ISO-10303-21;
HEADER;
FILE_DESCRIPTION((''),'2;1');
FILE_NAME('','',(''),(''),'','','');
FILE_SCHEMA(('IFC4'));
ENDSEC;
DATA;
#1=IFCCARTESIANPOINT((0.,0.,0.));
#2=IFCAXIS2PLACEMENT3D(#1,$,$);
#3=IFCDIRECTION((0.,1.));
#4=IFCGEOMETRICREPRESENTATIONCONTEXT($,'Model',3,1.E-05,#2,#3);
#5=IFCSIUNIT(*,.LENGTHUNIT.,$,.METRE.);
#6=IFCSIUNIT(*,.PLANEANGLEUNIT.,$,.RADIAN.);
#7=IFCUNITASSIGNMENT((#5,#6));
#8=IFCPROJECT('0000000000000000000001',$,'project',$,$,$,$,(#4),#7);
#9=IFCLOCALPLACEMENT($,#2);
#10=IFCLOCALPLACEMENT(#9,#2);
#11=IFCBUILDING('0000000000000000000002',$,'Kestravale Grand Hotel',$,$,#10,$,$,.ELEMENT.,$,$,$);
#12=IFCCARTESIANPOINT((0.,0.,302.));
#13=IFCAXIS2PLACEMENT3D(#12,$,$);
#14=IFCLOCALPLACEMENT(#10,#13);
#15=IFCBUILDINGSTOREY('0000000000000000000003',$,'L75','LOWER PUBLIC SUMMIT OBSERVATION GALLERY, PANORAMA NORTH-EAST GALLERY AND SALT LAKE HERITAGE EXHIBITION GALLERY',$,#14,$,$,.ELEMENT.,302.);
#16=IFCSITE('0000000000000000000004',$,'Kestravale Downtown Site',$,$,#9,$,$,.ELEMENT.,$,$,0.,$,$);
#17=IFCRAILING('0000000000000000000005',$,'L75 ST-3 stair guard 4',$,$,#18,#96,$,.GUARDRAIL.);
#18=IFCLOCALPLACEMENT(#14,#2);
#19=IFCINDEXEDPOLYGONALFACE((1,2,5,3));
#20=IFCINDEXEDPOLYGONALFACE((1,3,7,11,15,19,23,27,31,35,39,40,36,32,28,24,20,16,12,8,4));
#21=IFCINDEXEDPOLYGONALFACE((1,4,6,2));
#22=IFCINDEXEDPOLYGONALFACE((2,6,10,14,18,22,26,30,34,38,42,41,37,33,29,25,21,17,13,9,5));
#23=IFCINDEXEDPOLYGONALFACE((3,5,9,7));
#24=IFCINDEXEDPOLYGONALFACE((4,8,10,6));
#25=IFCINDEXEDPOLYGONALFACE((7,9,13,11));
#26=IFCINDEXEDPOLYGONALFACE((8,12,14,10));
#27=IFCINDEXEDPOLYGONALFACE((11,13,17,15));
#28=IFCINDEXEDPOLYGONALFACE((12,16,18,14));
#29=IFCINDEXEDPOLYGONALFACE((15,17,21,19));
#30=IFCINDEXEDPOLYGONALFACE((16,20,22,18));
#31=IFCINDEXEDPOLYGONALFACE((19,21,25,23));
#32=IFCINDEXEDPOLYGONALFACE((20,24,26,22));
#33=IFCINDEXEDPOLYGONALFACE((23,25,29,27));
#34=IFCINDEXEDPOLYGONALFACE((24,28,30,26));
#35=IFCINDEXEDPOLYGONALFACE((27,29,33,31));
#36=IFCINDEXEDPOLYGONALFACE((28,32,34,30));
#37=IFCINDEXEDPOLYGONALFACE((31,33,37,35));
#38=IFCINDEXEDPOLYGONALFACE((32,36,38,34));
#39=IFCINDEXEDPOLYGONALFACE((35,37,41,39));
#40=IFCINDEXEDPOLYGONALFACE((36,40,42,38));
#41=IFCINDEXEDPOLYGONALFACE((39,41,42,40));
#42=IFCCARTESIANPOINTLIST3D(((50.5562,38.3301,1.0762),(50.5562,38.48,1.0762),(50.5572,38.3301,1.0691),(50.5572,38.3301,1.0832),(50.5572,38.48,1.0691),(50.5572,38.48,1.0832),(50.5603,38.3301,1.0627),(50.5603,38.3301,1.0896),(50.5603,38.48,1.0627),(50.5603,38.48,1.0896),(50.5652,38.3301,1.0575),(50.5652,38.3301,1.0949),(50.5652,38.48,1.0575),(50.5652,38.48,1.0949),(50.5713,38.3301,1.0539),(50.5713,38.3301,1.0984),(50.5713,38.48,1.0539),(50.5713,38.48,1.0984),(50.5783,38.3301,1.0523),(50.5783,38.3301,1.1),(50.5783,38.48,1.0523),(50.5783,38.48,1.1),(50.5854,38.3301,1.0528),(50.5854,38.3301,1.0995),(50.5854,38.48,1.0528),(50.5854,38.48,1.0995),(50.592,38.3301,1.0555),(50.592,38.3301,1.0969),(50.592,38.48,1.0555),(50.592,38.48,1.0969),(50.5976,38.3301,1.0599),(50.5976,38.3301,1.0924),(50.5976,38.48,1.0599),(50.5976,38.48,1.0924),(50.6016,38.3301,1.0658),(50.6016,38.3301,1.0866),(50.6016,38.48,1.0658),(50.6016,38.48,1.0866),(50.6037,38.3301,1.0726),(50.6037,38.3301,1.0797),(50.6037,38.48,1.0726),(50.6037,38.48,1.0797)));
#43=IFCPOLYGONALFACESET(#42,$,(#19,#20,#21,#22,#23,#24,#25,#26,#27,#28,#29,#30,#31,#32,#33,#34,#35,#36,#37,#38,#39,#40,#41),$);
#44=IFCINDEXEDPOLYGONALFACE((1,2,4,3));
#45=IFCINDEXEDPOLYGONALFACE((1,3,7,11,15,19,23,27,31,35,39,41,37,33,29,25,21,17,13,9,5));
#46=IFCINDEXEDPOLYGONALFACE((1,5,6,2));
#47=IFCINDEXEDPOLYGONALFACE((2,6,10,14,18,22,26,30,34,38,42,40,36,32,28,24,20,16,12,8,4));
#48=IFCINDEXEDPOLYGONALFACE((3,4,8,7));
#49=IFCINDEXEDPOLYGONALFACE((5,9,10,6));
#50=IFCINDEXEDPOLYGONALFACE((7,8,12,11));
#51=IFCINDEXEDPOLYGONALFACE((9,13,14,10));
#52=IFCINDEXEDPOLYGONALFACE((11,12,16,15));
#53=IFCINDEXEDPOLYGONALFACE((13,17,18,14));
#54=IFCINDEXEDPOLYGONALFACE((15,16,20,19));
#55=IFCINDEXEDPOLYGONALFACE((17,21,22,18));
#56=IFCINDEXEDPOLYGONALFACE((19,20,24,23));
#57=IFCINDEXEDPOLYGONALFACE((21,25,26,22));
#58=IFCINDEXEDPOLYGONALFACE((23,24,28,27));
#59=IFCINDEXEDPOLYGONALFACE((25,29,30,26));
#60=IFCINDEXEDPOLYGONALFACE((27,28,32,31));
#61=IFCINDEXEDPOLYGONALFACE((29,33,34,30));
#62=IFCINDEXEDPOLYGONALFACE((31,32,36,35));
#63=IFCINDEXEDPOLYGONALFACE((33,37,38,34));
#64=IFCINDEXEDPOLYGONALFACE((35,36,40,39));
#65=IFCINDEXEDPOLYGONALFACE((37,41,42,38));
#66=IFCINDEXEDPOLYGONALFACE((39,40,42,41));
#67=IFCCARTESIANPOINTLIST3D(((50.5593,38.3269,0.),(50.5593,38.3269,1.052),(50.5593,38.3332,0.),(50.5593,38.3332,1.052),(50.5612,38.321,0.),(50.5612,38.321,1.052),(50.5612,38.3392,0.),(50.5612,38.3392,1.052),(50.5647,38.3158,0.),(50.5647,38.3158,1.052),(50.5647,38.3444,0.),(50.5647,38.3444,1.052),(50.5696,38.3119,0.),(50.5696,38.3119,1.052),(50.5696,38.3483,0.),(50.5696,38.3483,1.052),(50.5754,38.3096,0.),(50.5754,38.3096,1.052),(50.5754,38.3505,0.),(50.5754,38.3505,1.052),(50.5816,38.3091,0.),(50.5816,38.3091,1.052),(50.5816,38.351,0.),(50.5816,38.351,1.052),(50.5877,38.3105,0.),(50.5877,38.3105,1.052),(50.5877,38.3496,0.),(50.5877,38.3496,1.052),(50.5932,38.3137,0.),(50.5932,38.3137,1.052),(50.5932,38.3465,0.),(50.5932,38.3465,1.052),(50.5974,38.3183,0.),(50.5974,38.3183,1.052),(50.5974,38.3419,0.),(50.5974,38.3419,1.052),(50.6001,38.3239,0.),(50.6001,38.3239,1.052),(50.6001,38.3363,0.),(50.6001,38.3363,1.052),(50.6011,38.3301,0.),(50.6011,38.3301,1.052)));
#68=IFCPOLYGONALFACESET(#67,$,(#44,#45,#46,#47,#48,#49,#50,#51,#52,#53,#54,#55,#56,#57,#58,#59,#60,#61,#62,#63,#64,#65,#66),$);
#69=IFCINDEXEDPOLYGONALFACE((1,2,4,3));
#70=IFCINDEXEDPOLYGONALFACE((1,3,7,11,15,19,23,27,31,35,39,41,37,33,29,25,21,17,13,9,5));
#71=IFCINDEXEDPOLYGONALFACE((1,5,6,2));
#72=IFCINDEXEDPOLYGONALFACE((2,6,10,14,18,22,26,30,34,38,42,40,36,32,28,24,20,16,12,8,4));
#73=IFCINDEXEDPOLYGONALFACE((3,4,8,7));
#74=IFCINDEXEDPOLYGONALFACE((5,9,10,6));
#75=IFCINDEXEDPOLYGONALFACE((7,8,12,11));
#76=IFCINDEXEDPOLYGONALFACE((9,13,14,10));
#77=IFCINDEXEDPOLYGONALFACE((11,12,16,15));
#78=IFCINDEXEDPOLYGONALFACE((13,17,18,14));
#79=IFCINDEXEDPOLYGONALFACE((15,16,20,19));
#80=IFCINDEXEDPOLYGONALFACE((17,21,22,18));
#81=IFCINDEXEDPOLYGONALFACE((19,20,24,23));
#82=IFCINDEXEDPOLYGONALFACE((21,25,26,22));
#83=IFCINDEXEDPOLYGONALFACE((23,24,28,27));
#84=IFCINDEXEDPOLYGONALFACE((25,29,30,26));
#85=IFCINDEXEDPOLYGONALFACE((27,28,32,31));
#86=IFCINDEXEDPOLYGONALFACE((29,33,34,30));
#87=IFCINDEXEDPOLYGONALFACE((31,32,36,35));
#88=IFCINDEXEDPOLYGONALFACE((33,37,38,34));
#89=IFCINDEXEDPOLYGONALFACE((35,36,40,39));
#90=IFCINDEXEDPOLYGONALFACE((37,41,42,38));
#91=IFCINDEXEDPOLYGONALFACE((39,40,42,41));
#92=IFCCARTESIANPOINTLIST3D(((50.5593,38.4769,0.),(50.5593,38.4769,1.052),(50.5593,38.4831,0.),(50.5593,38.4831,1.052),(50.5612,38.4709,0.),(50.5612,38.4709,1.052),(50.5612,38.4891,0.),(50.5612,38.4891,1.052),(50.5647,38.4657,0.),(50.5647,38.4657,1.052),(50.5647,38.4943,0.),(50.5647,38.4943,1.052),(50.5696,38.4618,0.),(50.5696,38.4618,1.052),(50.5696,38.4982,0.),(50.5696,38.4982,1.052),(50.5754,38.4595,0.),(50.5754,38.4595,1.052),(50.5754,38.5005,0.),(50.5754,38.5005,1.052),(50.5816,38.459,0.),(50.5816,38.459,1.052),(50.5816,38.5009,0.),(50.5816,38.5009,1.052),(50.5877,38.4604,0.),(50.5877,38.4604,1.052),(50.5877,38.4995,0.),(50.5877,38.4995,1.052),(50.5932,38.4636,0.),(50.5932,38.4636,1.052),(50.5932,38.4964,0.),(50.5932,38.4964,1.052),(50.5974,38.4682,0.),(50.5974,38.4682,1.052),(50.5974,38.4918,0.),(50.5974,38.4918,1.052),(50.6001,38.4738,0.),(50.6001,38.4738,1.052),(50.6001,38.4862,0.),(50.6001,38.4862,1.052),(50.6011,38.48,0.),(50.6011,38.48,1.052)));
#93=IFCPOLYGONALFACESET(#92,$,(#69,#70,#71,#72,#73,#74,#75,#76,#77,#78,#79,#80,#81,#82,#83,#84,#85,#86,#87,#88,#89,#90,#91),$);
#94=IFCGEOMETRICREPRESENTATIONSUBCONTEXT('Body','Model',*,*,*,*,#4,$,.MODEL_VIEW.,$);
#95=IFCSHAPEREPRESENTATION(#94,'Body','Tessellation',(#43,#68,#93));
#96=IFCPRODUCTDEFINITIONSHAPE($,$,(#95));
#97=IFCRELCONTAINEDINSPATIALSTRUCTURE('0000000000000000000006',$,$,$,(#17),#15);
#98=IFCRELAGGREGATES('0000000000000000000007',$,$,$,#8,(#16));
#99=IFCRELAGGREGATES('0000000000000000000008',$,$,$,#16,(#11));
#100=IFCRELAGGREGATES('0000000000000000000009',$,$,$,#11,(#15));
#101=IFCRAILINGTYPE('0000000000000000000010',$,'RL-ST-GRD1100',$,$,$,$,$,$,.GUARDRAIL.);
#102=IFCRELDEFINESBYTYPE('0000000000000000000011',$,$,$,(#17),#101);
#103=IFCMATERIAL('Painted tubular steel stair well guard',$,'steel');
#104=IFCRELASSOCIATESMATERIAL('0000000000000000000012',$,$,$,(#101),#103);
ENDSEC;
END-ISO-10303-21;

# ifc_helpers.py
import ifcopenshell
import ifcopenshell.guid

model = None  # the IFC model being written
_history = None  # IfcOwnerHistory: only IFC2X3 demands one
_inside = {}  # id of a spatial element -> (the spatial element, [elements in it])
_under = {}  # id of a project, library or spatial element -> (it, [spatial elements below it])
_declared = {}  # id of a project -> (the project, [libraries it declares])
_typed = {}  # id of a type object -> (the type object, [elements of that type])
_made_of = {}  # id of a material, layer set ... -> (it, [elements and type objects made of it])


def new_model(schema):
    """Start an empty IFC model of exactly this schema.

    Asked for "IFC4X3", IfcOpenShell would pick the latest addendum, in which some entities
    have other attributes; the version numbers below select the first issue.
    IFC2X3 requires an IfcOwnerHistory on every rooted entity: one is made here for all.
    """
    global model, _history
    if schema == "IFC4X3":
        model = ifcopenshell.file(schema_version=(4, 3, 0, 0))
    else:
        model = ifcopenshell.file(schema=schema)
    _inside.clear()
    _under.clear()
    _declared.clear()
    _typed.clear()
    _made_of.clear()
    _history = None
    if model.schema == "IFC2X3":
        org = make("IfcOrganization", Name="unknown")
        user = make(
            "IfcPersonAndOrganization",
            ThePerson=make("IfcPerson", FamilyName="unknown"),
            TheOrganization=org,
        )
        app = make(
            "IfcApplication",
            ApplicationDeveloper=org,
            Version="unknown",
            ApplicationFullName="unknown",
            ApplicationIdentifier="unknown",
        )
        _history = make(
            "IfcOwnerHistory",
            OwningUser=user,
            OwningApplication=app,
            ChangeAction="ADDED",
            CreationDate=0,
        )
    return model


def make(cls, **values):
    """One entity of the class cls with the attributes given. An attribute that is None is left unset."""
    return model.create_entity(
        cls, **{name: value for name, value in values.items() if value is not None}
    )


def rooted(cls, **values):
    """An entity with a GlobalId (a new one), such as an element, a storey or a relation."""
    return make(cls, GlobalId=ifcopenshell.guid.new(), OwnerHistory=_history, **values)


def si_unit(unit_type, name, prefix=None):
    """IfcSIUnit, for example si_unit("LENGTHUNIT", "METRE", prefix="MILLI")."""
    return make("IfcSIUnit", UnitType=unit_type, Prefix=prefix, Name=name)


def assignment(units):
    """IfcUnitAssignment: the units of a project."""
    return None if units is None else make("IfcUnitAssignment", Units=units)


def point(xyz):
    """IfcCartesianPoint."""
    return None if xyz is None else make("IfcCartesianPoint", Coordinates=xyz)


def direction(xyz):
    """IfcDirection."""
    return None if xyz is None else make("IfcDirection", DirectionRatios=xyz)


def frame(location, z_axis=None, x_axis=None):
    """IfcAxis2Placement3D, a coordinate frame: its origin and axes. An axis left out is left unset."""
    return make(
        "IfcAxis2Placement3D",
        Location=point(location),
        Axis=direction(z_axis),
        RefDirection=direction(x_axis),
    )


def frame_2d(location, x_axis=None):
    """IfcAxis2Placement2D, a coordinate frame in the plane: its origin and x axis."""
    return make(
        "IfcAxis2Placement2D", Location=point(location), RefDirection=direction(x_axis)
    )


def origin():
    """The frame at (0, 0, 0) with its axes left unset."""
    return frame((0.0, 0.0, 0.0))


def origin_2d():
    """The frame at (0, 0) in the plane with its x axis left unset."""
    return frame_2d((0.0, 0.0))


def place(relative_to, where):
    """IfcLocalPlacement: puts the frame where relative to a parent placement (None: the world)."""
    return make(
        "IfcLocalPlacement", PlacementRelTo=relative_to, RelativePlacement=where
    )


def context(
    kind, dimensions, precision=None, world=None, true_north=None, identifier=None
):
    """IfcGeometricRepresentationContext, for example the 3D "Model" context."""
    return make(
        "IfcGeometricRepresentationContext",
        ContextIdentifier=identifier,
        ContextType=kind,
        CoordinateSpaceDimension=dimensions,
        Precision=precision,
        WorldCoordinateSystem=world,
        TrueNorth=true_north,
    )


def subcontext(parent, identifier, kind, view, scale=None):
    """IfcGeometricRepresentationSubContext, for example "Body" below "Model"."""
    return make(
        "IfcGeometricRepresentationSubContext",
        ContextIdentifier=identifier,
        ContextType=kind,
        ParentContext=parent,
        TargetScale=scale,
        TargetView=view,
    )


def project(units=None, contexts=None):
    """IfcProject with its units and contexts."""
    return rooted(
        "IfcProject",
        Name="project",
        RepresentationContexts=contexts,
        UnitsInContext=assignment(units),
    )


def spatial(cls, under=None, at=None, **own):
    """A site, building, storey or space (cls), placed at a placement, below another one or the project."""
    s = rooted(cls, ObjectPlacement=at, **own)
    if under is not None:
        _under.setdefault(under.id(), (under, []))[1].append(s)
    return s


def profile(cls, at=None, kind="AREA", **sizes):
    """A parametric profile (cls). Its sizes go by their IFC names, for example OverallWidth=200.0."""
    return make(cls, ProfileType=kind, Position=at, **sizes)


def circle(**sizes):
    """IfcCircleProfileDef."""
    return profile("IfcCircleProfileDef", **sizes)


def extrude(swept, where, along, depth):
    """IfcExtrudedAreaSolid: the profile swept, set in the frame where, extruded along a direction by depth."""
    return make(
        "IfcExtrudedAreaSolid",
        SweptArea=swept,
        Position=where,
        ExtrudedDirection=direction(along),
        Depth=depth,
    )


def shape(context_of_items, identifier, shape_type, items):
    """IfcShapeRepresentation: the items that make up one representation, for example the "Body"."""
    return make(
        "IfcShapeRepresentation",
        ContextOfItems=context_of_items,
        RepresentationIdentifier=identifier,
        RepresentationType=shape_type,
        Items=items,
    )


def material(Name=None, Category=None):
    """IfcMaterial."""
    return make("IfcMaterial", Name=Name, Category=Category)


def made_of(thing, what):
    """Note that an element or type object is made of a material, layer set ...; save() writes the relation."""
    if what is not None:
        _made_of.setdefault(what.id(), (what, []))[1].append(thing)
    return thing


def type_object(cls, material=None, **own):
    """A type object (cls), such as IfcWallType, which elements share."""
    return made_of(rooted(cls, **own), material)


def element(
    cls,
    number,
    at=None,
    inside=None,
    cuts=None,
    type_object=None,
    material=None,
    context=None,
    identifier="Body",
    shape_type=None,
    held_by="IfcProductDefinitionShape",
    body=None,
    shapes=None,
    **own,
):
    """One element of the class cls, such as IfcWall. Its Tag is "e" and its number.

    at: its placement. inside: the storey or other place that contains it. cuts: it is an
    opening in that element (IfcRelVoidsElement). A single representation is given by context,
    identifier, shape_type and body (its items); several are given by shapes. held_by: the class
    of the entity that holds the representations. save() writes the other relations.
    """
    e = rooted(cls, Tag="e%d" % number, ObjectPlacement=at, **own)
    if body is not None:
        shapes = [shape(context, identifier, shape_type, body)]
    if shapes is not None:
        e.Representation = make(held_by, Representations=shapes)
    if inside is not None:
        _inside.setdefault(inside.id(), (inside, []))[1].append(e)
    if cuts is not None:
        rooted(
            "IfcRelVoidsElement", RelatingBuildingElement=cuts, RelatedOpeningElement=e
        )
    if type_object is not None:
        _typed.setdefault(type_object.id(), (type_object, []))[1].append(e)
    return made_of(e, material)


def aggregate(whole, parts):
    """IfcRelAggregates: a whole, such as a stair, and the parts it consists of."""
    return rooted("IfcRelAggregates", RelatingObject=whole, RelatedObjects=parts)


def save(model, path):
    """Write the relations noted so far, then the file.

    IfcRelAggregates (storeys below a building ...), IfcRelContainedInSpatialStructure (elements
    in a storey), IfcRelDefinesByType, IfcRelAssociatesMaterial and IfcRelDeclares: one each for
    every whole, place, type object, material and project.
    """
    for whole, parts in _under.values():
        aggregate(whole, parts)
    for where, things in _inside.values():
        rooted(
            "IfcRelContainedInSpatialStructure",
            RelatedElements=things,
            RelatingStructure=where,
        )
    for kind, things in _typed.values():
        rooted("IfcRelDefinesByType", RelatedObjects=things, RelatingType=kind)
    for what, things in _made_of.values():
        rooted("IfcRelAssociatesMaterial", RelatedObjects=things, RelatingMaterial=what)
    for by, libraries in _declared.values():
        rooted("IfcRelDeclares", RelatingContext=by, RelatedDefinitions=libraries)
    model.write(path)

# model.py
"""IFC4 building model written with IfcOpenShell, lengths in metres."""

from ifc_helpers import new_model, si_unit, direction, frame, origin, origin_2d, place, context, subcontext, project, spatial, circle, extrude, material, type_object, element, save


model = new_model("IFC4")

# Units and contexts
model_context = context("Model", 3, precision=1e-05, world=origin(), true_north=direction((0.0, 1.0)))
body_context = subcontext(model_context, "Body", "Model", "MODEL_VIEW")
ifc_project = project(units=[si_unit("LENGTHUNIT", "METRE"), si_unit("PLANEANGLEUNIT", "RADIAN")], contexts=[model_context])

# Site, building, storey
site_placement = place(None, origin())
site = spatial("IfcSite", under=ifc_project, at=site_placement, Name="Kestravale Downtown Site", CompositionType="ELEMENT", RefElevation=0.0)
building_placement = place(site_placement, origin())
building = spatial("IfcBuilding", under=site, at=building_placement, Name="Kestravale Grand Hotel", CompositionType="ELEMENT")
storey_placement = place(building_placement, frame((0.0, 0.0, 302.0)))
storey = spatial("IfcBuildingStorey", under=building, at=storey_placement, Name="L75", Description="LOWER PUBLIC SUMMIT OBSERVATION GALLERY, PANORAMA NORTH-EAST GALLERY AND SALT LAKE HERITAGE EXHIBITION GALLERY", CompositionType="ELEMENT", Elevation=302.0)

# Railing
ifc_material_1 = material(Name="Painted tubular steel stair well guard", Category="steel")
railing_type_1 = type_object("IfcRailingType", Name="RL-ST-GRD1100", PredefinedType="GUARDRAIL", material=ifc_material_1)
railing_1_placement = place(storey_placement, frame((50.5801, 38.3301, 0.0)))
element("IfcRailing", 1, at=railing_1_placement, inside=storey, type_object=railing_type_1, Name="L75 ST-3 stair guard 4", PredefinedType="GUARDRAIL", context=body_context, shape_type="SweptSolid", body=[
    extrude(circle(Radius=0.0239, at=origin_2d()), frame((0.0, 0.0, 1.0762), z_axis=(0.0, 1.0, 0.0), x_axis=(-1.0, 0.0, 0.0)), (0.0, 0.0, 1.0), 0.1499),
    extrude(circle(Radius=0.021, at=origin_2d()), origin(), (0.0, 0.0, 1.0), 1.052),
    extrude(circle(Radius=0.021, at=origin_2d()), frame((0.0, 0.1499, 0.0)), (0.0, 0.0, 1.0), 1.052),
])

save(model, "model.ifc")
